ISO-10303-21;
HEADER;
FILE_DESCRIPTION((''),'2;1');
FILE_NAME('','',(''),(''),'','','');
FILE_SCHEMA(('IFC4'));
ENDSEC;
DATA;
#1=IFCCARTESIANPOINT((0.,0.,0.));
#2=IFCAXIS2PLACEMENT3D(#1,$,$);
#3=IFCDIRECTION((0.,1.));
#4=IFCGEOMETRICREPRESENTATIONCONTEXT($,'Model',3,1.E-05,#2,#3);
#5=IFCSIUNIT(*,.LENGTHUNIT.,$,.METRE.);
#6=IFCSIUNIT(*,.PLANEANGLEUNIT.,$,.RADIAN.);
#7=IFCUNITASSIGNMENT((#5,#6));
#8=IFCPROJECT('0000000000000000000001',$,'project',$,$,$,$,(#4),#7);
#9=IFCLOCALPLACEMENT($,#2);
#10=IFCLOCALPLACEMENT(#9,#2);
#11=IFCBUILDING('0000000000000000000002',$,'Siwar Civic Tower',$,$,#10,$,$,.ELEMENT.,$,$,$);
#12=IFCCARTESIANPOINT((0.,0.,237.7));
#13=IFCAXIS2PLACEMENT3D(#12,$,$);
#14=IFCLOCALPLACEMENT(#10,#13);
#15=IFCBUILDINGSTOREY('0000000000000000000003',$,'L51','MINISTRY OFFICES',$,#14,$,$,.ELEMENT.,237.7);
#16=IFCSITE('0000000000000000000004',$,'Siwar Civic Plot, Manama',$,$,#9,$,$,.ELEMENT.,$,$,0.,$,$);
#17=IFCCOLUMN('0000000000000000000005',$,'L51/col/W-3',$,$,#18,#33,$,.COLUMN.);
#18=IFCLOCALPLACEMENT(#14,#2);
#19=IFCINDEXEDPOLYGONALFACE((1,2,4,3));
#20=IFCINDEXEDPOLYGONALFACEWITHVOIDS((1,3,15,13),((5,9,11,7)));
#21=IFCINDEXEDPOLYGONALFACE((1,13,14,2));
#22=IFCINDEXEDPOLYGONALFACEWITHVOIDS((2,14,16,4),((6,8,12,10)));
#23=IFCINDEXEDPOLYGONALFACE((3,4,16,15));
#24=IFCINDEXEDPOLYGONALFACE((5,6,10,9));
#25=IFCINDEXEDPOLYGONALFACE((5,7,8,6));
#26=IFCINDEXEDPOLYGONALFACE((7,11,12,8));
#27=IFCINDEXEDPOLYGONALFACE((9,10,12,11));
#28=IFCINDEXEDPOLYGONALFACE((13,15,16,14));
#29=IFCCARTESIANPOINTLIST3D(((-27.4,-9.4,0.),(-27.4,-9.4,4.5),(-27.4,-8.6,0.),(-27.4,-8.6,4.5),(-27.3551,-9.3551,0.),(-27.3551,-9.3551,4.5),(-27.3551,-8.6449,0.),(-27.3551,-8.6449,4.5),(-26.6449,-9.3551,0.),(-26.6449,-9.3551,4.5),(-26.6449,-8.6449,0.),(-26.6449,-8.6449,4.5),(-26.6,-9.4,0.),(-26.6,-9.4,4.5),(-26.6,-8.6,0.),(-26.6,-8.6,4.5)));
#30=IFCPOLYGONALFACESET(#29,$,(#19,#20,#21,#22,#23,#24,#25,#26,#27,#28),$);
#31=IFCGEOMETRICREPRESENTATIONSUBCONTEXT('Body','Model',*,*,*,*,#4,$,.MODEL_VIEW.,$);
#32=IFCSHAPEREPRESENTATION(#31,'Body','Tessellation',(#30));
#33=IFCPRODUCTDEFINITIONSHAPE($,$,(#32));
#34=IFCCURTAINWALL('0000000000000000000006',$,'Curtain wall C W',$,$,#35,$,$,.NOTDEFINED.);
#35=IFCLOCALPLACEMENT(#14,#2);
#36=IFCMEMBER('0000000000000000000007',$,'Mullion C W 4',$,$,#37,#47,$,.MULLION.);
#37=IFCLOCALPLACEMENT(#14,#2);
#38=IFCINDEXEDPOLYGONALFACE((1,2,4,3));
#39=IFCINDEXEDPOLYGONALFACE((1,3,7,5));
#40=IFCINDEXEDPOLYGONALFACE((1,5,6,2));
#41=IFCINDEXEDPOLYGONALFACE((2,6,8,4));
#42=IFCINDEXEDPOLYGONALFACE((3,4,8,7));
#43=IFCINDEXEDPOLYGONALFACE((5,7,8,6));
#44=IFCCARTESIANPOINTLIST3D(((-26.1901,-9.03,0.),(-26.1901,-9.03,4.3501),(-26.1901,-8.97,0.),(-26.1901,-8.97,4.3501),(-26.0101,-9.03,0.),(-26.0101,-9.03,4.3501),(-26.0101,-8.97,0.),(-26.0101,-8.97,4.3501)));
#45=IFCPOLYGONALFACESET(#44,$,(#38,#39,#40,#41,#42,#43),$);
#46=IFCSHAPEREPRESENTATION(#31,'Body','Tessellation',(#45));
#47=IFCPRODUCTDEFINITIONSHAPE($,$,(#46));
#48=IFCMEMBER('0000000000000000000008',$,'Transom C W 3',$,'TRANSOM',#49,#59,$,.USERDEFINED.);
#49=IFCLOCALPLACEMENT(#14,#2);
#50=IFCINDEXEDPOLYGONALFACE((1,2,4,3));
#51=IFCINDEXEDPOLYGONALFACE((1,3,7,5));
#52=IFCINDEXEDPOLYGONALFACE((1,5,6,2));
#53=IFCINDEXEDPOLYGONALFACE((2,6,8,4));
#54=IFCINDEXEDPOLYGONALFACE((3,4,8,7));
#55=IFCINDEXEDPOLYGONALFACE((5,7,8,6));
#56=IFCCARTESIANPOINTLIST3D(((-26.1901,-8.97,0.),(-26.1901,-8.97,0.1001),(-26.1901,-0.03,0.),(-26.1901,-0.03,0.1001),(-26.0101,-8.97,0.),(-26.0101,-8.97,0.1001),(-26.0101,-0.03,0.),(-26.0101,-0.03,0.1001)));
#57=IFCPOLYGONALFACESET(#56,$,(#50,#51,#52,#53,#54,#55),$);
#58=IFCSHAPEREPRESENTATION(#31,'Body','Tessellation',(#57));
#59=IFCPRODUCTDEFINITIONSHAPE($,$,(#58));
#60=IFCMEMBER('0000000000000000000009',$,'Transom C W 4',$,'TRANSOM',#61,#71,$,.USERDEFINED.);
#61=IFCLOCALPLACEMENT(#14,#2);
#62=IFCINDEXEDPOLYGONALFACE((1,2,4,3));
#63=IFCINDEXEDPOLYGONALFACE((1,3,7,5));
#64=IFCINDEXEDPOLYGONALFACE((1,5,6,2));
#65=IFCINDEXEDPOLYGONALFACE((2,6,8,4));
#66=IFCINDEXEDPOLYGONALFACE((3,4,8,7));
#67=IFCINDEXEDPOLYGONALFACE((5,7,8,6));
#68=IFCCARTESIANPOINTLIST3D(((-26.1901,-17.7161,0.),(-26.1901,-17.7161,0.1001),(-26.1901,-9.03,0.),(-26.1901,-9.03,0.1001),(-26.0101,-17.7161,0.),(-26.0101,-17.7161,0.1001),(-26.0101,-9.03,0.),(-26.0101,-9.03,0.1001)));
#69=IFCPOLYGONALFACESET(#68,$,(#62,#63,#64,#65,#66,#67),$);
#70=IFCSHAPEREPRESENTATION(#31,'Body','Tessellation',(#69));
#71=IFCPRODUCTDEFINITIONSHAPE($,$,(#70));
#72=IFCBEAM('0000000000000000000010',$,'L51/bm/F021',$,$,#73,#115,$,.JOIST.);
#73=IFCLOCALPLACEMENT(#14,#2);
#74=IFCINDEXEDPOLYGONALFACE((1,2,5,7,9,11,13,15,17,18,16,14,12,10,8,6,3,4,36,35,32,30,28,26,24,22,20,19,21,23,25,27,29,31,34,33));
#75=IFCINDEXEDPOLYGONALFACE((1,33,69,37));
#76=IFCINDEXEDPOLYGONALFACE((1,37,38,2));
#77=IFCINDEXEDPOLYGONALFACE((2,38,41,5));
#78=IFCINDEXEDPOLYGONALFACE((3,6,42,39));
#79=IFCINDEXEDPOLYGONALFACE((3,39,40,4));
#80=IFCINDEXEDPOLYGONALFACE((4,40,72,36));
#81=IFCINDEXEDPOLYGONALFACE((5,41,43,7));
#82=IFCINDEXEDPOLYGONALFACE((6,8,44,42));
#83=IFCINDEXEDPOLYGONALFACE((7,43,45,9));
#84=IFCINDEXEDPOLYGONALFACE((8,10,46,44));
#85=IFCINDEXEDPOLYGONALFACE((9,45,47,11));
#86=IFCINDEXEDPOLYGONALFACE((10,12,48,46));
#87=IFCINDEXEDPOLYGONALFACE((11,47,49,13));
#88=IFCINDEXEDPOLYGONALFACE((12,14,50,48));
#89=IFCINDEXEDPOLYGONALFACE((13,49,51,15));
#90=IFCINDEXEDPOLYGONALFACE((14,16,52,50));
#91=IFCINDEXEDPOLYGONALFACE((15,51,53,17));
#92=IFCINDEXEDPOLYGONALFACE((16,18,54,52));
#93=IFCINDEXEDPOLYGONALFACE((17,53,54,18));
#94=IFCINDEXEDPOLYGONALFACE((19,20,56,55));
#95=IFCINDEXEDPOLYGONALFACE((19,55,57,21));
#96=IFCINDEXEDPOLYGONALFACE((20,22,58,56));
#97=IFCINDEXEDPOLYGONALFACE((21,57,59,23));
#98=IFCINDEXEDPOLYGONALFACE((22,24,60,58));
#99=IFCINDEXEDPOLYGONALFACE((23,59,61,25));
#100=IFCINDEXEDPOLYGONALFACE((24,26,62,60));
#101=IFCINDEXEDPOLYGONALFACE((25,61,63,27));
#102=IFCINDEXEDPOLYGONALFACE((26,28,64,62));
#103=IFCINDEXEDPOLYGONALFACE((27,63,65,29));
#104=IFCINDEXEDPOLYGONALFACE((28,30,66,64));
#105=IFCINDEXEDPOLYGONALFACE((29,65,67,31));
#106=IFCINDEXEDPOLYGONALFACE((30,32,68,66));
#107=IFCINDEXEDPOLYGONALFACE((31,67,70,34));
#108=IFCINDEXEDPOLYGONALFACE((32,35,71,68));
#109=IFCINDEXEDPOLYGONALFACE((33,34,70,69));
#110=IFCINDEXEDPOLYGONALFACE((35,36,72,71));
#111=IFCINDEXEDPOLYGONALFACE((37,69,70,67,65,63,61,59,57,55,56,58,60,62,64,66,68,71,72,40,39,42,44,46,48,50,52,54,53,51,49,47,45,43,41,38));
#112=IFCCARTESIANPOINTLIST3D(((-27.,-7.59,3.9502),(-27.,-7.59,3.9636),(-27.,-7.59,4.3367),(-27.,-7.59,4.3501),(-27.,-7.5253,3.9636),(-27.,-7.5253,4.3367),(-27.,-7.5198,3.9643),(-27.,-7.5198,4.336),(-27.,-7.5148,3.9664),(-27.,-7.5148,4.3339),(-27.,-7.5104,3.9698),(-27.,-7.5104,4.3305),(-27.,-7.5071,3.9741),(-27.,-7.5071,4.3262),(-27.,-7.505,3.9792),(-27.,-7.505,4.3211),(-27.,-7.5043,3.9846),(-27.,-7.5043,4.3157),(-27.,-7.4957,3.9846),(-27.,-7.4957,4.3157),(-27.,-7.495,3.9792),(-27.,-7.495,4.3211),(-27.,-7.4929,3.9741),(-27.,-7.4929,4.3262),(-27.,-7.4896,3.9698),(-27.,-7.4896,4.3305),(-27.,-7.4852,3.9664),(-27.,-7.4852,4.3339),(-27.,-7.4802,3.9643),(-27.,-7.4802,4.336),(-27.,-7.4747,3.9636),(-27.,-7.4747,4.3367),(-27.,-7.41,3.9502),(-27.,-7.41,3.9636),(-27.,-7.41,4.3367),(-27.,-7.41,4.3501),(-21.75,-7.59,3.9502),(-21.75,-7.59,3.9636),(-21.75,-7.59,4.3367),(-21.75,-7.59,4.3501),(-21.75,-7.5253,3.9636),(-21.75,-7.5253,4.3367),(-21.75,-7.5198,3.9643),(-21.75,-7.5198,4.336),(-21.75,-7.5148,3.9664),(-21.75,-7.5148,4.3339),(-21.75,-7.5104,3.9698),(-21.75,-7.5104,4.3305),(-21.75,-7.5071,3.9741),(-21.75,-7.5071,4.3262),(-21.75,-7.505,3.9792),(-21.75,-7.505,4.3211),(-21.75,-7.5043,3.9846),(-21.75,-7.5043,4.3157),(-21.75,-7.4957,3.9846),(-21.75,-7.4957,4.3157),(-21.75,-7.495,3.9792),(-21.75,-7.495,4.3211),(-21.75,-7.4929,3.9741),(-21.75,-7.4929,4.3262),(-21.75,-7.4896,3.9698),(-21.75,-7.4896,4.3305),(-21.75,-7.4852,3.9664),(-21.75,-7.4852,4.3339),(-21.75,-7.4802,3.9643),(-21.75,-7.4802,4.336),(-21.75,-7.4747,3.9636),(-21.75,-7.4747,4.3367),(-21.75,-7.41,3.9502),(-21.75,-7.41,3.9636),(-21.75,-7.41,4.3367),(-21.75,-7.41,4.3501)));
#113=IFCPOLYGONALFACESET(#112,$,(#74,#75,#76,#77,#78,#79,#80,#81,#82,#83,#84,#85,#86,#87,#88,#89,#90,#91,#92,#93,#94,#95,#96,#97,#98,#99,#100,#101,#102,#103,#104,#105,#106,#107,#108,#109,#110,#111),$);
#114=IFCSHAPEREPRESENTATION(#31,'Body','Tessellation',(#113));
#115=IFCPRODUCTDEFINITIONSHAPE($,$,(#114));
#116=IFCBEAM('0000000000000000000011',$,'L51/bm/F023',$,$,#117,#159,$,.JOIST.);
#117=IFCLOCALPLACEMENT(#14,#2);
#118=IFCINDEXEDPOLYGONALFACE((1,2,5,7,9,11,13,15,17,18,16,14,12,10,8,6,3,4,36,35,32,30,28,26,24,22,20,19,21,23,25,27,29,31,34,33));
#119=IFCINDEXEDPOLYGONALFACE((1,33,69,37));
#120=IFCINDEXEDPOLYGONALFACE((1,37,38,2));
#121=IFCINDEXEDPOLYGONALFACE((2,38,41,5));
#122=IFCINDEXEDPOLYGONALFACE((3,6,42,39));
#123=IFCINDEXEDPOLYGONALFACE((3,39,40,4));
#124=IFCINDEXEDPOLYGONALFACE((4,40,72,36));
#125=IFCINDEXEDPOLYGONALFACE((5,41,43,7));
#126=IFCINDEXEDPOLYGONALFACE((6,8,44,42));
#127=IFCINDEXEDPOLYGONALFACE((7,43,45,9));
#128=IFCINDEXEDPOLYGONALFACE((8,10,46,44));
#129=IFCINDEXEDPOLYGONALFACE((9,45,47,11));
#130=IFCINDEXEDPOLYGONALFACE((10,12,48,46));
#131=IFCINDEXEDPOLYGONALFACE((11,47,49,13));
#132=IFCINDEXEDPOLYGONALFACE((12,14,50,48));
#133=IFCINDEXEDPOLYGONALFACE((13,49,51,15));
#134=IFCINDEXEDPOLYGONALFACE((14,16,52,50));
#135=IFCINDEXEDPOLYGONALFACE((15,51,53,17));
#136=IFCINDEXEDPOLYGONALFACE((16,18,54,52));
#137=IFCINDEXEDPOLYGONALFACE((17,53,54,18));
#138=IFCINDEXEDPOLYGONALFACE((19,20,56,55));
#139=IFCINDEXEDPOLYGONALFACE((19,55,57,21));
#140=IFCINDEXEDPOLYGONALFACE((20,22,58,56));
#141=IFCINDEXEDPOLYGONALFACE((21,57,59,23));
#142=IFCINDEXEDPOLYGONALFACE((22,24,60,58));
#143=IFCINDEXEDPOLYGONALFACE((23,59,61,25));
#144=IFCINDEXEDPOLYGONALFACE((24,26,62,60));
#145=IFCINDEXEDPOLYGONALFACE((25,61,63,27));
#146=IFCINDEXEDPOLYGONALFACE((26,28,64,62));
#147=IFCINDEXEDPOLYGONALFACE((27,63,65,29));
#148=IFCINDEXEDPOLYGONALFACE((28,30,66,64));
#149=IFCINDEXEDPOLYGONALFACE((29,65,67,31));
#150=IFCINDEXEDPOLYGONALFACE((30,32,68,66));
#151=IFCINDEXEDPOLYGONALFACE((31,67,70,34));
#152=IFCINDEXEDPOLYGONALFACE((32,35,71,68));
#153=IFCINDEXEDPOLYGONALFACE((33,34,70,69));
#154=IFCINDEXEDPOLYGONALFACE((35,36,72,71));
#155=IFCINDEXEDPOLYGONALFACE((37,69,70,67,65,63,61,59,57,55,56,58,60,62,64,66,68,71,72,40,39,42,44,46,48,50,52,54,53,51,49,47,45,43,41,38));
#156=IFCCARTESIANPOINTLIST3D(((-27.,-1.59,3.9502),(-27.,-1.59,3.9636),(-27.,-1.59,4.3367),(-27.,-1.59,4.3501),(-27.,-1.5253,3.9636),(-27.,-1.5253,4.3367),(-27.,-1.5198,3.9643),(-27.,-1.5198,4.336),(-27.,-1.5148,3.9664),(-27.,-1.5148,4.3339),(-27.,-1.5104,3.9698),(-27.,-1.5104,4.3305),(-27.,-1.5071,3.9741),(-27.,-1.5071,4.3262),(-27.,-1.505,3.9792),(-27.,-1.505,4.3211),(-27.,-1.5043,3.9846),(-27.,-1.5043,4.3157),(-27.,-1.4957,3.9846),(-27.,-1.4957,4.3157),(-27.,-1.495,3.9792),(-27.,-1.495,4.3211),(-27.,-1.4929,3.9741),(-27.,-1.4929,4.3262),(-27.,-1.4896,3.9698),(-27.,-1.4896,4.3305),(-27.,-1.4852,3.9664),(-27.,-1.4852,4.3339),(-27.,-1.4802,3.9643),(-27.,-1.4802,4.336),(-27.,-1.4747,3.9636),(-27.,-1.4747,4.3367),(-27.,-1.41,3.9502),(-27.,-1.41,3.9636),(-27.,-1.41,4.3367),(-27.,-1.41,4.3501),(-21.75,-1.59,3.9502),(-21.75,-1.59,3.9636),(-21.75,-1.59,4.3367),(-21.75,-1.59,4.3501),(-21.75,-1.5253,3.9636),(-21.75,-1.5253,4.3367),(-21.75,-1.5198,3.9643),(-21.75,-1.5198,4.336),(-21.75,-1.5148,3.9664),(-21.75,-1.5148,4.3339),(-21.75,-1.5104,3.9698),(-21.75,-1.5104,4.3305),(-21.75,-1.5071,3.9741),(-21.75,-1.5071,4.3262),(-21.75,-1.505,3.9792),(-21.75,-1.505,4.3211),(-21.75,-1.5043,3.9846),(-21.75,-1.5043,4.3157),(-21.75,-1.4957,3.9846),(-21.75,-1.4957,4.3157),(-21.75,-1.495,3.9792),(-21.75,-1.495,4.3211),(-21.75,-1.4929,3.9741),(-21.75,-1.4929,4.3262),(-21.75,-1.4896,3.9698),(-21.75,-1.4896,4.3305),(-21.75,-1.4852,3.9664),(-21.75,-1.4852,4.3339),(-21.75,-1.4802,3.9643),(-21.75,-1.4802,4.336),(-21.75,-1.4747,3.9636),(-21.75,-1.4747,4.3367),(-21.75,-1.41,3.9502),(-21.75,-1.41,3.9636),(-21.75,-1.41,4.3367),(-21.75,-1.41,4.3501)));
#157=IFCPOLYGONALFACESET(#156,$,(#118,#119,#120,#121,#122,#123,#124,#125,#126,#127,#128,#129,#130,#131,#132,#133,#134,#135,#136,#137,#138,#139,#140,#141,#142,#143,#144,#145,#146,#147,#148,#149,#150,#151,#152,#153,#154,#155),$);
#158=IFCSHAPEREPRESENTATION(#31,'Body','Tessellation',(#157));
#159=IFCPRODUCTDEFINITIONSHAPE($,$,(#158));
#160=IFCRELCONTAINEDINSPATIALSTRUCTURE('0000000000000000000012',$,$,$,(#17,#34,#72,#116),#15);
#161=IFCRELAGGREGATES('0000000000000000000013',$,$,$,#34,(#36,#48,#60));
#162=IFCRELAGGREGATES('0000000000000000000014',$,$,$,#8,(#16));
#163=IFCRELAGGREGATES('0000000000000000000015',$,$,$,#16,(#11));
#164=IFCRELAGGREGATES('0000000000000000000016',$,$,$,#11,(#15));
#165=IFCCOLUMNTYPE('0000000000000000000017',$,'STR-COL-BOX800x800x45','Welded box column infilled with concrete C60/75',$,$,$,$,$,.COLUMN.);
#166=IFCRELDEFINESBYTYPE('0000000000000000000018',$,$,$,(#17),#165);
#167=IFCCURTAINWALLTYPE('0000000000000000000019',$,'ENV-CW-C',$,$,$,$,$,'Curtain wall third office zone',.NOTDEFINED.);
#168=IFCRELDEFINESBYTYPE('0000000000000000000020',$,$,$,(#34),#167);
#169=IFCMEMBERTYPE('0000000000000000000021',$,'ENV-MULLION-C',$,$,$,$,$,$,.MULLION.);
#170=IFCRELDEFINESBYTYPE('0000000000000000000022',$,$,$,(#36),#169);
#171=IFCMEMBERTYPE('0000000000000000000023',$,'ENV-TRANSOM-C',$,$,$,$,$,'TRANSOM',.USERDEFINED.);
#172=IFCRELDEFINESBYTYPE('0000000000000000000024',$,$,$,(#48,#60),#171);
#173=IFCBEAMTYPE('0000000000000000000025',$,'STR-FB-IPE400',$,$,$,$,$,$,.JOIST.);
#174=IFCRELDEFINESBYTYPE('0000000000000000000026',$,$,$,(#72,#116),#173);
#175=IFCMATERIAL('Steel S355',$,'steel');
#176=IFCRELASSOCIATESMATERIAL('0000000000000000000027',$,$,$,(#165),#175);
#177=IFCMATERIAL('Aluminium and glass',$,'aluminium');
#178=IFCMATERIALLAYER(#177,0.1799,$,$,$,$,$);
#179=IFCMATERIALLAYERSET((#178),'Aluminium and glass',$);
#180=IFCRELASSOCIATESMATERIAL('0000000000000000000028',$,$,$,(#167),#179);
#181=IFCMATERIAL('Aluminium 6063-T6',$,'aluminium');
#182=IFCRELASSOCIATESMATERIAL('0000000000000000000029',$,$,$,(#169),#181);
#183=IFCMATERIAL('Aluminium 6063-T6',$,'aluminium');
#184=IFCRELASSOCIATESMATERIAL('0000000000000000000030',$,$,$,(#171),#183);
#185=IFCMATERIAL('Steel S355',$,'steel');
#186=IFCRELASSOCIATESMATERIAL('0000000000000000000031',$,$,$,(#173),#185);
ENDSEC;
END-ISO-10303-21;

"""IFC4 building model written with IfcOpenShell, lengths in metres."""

from ifc_helpers import new_model, si_unit, direction, frame, origin, origin_2d, place, context, subcontext, project, spatial, rectangle, hollow_rectangle, i_section, extrude, material, layer, layer_set, material_profile, profile_set, type_object, element, aggregate, save


model = new_model("IFC4")

# Units and contexts
model_context = context("Model", 3, precision=1e-05, world=origin(), true_north=direction((0.0, 1.0)))
body_context = subcontext(model_context, "Body", "Model", "MODEL_VIEW")
ifc_project = project(units=[si_unit("LENGTHUNIT", "METRE"), si_unit("PLANEANGLEUNIT", "RADIAN")], contexts=[model_context])

# Site, building, storey
site_placement = place(None, origin())
site = spatial("IfcSite", under=ifc_project, at=site_placement, Name="Siwar Civic Plot, Manama", CompositionType="ELEMENT", RefElevation=0.0)
building_placement = place(site_placement, origin())
building = spatial("IfcBuilding", under=site, at=building_placement, Name="Siwar Civic Tower", CompositionType="ELEMENT")
storey_placement = place(building_placement, frame((0.0, 0.0, 237.7)))
storey = spatial("IfcBuildingStorey", under=building, at=storey_placement, Name="L51", Description="MINISTRY OFFICES", CompositionType="ELEMENT", Elevation=237.7)

# Column
ifc_material_1 = material(Name="Steel S355", Category="steel")
ifc_material_profile_1 = material_profile(ifc_material_1, hollow_rectangle(XDim=0.8, YDim=0.8, WallThickness=0.0449, at=origin_2d()), Name="BOX800x800x45")
ifc_profile_set_1 = profile_set([ifc_material_profile_1], Name="Steel S355")
column_type = type_object("IfcColumnType", Name="STR-COL-BOX800x800x45", Description="Welded box column infilled with concrete C60/75", PredefinedType="COLUMN", material=ifc_profile_set_1)
column_placement = place(storey_placement, frame((-27.0, -9.0, 0.0), z_axis=(0.0, 0.0, 1.0), x_axis=(1.0, 0.0, 0.0)))
element("IfcColumn", 1, at=column_placement, inside=storey, type_object=column_type, Name="L51/col/W-3", PredefinedType="COLUMN", context=body_context, shape_type="SweptSolid", body=[
    extrude(hollow_rectangle(XDim=0.8, YDim=0.8, WallThickness=0.0449, at=origin_2d()), origin(), (0.0, 0.0, 1.0), 4.5),
])

# Curtain wall, members
ifc_material_2 = material(Name="Aluminium and glass", Category="aluminium")
ifc_layer_1 = layer(ifc_material_2, 0.1799)
ifc_layer_set_1 = layer_set([ifc_layer_1], Name="Aluminium and glass")
curtain_wall_type = type_object("IfcCurtainWallType", Name="ENV-CW-C", ElementType="Curtain wall third office zone", PredefinedType="NOTDEFINED", material=ifc_layer_set_1)
curtain_wall_placement = place(storey_placement, origin())
curtain_wall = element("IfcCurtainWall", 2, at=curtain_wall_placement, inside=storey, type_object=curtain_wall_type, Name="Curtain wall C W", PredefinedType="NOTDEFINED")
ifc_material_3 = material(Name="Aluminium 6063-T6", Category="aluminium")
ifc_material_profile_2 = material_profile(ifc_material_3, rectangle(XDim=0.1799, YDim=0.0601, at=origin_2d()), Name="AL 180x60")
ifc_profile_set_2 = profile_set([ifc_material_profile_2], Name="Aluminium 6063-T6")
member_type_1 = type_object("IfcMemberType", Name="ENV-MULLION-C", PredefinedType="MULLION", material=ifc_profile_set_2)
member_1_placement = place(storey_placement, frame((-26.1001, -9.0, 0.0), z_axis=(0.0, 0.0, 1.0), x_axis=(1.0, 0.0, 0.0)))
member_1 = element("IfcMember", 3, at=member_1_placement, type_object=member_type_1, Name="Mullion C W 4", PredefinedType="MULLION", context=body_context, shape_type="SweptSolid", body=[
    extrude(rectangle(XDim=0.1799, YDim=0.0601, at=origin_2d()), origin(), (0.0, 0.0, 1.0), 4.3501),
])
ifc_material_4 = material(Name="Aluminium 6063-T6", Category="aluminium")
ifc_material_profile_3 = material_profile(ifc_material_4, rectangle(XDim=0.1799, YDim=0.1001, at=origin_2d()), Name="AL 180x100")
ifc_profile_set_3 = profile_set([ifc_material_profile_3], Name="Aluminium 6063-T6")
member_type_2 = type_object("IfcMemberType", Name="ENV-TRANSOM-C", ElementType="TRANSOM", PredefinedType="USERDEFINED", material=ifc_profile_set_3)
member_2_placement = place(storey_placement, frame((-26.1001, -0.03, 0.05), z_axis=(0.0, -1.0, 0.0), x_axis=(1.0, 0.0, 0.0)))
member_2 = element("IfcMember", 4, at=member_2_placement, type_object=member_type_2, Name="Transom C W 3", ObjectType="TRANSOM", PredefinedType="USERDEFINED", context=body_context, shape_type="SweptSolid", body=[
    extrude(rectangle(XDim=0.1799, YDim=0.1001, at=origin_2d()), origin(), (0.0, 0.0, 1.0), 8.9399),
])
member_3_placement = place(storey_placement, frame((-26.1001, -9.03, 0.05), z_axis=(0.0, -1.0, 0.0), x_axis=(1.0, 0.0, 0.0)))
member_3 = element("IfcMember", 5, at=member_3_placement, type_object=member_type_2, Name="Transom C W 4", ObjectType="TRANSOM", PredefinedType="USERDEFINED", context=body_context, shape_type="SweptSolid", body=[
    extrude(rectangle(XDim=0.1799, YDim=0.1001, at=origin_2d()), origin(), (0.0, 0.0, 1.0), 8.686),
])

# Beams
ifc_material_5 = material(Name="Steel S355", Category="steel")
ifc_material_profile_4 = material_profile(ifc_material_5, i_section(OverallWidth=0.1799, OverallDepth=0.3999, WebThickness=0.0085, FlangeThickness=0.0134, FilletRadius=0.021, at=origin_2d()), Name="IPE400")
ifc_profile_set_4 = profile_set([ifc_material_profile_4], Name="Steel S355")
beam_type_1 = type_object("IfcBeamType", Name="STR-FB-IPE400", PredefinedType="JOIST", material=ifc_profile_set_4)
for number, where, z_axis, x_axis, name in (
    (6, (-27.0, -7.5, 4.1501), (1.0, 0.0, 0.0), (0.0, 1.0, 0.0), "L51/bm/F021"),
    (7, (-27.0, -1.5, 4.1501), (1.0, 0.0, 0.0), (0.0, 1.0, 0.0), "L51/bm/F023"),
):
    element("IfcBeam", number, at=place(storey_placement, frame(where, z_axis=z_axis, x_axis=x_axis)), inside=storey, type_object=beam_type_1, Name=name, PredefinedType="JOIST", context=body_context, shape_type="SweptSolid", body=[
        extrude(i_section(OverallWidth=0.1799, OverallDepth=0.3999, WebThickness=0.0085, FlangeThickness=0.0134, FilletRadius=0.021, at=origin_2d()), origin(), (0.0, 0.0, 1.0), 5.25),
    ])

aggregate(curtain_wall, [member_1, member_2, member_3])

save(model, "model.ifc")
